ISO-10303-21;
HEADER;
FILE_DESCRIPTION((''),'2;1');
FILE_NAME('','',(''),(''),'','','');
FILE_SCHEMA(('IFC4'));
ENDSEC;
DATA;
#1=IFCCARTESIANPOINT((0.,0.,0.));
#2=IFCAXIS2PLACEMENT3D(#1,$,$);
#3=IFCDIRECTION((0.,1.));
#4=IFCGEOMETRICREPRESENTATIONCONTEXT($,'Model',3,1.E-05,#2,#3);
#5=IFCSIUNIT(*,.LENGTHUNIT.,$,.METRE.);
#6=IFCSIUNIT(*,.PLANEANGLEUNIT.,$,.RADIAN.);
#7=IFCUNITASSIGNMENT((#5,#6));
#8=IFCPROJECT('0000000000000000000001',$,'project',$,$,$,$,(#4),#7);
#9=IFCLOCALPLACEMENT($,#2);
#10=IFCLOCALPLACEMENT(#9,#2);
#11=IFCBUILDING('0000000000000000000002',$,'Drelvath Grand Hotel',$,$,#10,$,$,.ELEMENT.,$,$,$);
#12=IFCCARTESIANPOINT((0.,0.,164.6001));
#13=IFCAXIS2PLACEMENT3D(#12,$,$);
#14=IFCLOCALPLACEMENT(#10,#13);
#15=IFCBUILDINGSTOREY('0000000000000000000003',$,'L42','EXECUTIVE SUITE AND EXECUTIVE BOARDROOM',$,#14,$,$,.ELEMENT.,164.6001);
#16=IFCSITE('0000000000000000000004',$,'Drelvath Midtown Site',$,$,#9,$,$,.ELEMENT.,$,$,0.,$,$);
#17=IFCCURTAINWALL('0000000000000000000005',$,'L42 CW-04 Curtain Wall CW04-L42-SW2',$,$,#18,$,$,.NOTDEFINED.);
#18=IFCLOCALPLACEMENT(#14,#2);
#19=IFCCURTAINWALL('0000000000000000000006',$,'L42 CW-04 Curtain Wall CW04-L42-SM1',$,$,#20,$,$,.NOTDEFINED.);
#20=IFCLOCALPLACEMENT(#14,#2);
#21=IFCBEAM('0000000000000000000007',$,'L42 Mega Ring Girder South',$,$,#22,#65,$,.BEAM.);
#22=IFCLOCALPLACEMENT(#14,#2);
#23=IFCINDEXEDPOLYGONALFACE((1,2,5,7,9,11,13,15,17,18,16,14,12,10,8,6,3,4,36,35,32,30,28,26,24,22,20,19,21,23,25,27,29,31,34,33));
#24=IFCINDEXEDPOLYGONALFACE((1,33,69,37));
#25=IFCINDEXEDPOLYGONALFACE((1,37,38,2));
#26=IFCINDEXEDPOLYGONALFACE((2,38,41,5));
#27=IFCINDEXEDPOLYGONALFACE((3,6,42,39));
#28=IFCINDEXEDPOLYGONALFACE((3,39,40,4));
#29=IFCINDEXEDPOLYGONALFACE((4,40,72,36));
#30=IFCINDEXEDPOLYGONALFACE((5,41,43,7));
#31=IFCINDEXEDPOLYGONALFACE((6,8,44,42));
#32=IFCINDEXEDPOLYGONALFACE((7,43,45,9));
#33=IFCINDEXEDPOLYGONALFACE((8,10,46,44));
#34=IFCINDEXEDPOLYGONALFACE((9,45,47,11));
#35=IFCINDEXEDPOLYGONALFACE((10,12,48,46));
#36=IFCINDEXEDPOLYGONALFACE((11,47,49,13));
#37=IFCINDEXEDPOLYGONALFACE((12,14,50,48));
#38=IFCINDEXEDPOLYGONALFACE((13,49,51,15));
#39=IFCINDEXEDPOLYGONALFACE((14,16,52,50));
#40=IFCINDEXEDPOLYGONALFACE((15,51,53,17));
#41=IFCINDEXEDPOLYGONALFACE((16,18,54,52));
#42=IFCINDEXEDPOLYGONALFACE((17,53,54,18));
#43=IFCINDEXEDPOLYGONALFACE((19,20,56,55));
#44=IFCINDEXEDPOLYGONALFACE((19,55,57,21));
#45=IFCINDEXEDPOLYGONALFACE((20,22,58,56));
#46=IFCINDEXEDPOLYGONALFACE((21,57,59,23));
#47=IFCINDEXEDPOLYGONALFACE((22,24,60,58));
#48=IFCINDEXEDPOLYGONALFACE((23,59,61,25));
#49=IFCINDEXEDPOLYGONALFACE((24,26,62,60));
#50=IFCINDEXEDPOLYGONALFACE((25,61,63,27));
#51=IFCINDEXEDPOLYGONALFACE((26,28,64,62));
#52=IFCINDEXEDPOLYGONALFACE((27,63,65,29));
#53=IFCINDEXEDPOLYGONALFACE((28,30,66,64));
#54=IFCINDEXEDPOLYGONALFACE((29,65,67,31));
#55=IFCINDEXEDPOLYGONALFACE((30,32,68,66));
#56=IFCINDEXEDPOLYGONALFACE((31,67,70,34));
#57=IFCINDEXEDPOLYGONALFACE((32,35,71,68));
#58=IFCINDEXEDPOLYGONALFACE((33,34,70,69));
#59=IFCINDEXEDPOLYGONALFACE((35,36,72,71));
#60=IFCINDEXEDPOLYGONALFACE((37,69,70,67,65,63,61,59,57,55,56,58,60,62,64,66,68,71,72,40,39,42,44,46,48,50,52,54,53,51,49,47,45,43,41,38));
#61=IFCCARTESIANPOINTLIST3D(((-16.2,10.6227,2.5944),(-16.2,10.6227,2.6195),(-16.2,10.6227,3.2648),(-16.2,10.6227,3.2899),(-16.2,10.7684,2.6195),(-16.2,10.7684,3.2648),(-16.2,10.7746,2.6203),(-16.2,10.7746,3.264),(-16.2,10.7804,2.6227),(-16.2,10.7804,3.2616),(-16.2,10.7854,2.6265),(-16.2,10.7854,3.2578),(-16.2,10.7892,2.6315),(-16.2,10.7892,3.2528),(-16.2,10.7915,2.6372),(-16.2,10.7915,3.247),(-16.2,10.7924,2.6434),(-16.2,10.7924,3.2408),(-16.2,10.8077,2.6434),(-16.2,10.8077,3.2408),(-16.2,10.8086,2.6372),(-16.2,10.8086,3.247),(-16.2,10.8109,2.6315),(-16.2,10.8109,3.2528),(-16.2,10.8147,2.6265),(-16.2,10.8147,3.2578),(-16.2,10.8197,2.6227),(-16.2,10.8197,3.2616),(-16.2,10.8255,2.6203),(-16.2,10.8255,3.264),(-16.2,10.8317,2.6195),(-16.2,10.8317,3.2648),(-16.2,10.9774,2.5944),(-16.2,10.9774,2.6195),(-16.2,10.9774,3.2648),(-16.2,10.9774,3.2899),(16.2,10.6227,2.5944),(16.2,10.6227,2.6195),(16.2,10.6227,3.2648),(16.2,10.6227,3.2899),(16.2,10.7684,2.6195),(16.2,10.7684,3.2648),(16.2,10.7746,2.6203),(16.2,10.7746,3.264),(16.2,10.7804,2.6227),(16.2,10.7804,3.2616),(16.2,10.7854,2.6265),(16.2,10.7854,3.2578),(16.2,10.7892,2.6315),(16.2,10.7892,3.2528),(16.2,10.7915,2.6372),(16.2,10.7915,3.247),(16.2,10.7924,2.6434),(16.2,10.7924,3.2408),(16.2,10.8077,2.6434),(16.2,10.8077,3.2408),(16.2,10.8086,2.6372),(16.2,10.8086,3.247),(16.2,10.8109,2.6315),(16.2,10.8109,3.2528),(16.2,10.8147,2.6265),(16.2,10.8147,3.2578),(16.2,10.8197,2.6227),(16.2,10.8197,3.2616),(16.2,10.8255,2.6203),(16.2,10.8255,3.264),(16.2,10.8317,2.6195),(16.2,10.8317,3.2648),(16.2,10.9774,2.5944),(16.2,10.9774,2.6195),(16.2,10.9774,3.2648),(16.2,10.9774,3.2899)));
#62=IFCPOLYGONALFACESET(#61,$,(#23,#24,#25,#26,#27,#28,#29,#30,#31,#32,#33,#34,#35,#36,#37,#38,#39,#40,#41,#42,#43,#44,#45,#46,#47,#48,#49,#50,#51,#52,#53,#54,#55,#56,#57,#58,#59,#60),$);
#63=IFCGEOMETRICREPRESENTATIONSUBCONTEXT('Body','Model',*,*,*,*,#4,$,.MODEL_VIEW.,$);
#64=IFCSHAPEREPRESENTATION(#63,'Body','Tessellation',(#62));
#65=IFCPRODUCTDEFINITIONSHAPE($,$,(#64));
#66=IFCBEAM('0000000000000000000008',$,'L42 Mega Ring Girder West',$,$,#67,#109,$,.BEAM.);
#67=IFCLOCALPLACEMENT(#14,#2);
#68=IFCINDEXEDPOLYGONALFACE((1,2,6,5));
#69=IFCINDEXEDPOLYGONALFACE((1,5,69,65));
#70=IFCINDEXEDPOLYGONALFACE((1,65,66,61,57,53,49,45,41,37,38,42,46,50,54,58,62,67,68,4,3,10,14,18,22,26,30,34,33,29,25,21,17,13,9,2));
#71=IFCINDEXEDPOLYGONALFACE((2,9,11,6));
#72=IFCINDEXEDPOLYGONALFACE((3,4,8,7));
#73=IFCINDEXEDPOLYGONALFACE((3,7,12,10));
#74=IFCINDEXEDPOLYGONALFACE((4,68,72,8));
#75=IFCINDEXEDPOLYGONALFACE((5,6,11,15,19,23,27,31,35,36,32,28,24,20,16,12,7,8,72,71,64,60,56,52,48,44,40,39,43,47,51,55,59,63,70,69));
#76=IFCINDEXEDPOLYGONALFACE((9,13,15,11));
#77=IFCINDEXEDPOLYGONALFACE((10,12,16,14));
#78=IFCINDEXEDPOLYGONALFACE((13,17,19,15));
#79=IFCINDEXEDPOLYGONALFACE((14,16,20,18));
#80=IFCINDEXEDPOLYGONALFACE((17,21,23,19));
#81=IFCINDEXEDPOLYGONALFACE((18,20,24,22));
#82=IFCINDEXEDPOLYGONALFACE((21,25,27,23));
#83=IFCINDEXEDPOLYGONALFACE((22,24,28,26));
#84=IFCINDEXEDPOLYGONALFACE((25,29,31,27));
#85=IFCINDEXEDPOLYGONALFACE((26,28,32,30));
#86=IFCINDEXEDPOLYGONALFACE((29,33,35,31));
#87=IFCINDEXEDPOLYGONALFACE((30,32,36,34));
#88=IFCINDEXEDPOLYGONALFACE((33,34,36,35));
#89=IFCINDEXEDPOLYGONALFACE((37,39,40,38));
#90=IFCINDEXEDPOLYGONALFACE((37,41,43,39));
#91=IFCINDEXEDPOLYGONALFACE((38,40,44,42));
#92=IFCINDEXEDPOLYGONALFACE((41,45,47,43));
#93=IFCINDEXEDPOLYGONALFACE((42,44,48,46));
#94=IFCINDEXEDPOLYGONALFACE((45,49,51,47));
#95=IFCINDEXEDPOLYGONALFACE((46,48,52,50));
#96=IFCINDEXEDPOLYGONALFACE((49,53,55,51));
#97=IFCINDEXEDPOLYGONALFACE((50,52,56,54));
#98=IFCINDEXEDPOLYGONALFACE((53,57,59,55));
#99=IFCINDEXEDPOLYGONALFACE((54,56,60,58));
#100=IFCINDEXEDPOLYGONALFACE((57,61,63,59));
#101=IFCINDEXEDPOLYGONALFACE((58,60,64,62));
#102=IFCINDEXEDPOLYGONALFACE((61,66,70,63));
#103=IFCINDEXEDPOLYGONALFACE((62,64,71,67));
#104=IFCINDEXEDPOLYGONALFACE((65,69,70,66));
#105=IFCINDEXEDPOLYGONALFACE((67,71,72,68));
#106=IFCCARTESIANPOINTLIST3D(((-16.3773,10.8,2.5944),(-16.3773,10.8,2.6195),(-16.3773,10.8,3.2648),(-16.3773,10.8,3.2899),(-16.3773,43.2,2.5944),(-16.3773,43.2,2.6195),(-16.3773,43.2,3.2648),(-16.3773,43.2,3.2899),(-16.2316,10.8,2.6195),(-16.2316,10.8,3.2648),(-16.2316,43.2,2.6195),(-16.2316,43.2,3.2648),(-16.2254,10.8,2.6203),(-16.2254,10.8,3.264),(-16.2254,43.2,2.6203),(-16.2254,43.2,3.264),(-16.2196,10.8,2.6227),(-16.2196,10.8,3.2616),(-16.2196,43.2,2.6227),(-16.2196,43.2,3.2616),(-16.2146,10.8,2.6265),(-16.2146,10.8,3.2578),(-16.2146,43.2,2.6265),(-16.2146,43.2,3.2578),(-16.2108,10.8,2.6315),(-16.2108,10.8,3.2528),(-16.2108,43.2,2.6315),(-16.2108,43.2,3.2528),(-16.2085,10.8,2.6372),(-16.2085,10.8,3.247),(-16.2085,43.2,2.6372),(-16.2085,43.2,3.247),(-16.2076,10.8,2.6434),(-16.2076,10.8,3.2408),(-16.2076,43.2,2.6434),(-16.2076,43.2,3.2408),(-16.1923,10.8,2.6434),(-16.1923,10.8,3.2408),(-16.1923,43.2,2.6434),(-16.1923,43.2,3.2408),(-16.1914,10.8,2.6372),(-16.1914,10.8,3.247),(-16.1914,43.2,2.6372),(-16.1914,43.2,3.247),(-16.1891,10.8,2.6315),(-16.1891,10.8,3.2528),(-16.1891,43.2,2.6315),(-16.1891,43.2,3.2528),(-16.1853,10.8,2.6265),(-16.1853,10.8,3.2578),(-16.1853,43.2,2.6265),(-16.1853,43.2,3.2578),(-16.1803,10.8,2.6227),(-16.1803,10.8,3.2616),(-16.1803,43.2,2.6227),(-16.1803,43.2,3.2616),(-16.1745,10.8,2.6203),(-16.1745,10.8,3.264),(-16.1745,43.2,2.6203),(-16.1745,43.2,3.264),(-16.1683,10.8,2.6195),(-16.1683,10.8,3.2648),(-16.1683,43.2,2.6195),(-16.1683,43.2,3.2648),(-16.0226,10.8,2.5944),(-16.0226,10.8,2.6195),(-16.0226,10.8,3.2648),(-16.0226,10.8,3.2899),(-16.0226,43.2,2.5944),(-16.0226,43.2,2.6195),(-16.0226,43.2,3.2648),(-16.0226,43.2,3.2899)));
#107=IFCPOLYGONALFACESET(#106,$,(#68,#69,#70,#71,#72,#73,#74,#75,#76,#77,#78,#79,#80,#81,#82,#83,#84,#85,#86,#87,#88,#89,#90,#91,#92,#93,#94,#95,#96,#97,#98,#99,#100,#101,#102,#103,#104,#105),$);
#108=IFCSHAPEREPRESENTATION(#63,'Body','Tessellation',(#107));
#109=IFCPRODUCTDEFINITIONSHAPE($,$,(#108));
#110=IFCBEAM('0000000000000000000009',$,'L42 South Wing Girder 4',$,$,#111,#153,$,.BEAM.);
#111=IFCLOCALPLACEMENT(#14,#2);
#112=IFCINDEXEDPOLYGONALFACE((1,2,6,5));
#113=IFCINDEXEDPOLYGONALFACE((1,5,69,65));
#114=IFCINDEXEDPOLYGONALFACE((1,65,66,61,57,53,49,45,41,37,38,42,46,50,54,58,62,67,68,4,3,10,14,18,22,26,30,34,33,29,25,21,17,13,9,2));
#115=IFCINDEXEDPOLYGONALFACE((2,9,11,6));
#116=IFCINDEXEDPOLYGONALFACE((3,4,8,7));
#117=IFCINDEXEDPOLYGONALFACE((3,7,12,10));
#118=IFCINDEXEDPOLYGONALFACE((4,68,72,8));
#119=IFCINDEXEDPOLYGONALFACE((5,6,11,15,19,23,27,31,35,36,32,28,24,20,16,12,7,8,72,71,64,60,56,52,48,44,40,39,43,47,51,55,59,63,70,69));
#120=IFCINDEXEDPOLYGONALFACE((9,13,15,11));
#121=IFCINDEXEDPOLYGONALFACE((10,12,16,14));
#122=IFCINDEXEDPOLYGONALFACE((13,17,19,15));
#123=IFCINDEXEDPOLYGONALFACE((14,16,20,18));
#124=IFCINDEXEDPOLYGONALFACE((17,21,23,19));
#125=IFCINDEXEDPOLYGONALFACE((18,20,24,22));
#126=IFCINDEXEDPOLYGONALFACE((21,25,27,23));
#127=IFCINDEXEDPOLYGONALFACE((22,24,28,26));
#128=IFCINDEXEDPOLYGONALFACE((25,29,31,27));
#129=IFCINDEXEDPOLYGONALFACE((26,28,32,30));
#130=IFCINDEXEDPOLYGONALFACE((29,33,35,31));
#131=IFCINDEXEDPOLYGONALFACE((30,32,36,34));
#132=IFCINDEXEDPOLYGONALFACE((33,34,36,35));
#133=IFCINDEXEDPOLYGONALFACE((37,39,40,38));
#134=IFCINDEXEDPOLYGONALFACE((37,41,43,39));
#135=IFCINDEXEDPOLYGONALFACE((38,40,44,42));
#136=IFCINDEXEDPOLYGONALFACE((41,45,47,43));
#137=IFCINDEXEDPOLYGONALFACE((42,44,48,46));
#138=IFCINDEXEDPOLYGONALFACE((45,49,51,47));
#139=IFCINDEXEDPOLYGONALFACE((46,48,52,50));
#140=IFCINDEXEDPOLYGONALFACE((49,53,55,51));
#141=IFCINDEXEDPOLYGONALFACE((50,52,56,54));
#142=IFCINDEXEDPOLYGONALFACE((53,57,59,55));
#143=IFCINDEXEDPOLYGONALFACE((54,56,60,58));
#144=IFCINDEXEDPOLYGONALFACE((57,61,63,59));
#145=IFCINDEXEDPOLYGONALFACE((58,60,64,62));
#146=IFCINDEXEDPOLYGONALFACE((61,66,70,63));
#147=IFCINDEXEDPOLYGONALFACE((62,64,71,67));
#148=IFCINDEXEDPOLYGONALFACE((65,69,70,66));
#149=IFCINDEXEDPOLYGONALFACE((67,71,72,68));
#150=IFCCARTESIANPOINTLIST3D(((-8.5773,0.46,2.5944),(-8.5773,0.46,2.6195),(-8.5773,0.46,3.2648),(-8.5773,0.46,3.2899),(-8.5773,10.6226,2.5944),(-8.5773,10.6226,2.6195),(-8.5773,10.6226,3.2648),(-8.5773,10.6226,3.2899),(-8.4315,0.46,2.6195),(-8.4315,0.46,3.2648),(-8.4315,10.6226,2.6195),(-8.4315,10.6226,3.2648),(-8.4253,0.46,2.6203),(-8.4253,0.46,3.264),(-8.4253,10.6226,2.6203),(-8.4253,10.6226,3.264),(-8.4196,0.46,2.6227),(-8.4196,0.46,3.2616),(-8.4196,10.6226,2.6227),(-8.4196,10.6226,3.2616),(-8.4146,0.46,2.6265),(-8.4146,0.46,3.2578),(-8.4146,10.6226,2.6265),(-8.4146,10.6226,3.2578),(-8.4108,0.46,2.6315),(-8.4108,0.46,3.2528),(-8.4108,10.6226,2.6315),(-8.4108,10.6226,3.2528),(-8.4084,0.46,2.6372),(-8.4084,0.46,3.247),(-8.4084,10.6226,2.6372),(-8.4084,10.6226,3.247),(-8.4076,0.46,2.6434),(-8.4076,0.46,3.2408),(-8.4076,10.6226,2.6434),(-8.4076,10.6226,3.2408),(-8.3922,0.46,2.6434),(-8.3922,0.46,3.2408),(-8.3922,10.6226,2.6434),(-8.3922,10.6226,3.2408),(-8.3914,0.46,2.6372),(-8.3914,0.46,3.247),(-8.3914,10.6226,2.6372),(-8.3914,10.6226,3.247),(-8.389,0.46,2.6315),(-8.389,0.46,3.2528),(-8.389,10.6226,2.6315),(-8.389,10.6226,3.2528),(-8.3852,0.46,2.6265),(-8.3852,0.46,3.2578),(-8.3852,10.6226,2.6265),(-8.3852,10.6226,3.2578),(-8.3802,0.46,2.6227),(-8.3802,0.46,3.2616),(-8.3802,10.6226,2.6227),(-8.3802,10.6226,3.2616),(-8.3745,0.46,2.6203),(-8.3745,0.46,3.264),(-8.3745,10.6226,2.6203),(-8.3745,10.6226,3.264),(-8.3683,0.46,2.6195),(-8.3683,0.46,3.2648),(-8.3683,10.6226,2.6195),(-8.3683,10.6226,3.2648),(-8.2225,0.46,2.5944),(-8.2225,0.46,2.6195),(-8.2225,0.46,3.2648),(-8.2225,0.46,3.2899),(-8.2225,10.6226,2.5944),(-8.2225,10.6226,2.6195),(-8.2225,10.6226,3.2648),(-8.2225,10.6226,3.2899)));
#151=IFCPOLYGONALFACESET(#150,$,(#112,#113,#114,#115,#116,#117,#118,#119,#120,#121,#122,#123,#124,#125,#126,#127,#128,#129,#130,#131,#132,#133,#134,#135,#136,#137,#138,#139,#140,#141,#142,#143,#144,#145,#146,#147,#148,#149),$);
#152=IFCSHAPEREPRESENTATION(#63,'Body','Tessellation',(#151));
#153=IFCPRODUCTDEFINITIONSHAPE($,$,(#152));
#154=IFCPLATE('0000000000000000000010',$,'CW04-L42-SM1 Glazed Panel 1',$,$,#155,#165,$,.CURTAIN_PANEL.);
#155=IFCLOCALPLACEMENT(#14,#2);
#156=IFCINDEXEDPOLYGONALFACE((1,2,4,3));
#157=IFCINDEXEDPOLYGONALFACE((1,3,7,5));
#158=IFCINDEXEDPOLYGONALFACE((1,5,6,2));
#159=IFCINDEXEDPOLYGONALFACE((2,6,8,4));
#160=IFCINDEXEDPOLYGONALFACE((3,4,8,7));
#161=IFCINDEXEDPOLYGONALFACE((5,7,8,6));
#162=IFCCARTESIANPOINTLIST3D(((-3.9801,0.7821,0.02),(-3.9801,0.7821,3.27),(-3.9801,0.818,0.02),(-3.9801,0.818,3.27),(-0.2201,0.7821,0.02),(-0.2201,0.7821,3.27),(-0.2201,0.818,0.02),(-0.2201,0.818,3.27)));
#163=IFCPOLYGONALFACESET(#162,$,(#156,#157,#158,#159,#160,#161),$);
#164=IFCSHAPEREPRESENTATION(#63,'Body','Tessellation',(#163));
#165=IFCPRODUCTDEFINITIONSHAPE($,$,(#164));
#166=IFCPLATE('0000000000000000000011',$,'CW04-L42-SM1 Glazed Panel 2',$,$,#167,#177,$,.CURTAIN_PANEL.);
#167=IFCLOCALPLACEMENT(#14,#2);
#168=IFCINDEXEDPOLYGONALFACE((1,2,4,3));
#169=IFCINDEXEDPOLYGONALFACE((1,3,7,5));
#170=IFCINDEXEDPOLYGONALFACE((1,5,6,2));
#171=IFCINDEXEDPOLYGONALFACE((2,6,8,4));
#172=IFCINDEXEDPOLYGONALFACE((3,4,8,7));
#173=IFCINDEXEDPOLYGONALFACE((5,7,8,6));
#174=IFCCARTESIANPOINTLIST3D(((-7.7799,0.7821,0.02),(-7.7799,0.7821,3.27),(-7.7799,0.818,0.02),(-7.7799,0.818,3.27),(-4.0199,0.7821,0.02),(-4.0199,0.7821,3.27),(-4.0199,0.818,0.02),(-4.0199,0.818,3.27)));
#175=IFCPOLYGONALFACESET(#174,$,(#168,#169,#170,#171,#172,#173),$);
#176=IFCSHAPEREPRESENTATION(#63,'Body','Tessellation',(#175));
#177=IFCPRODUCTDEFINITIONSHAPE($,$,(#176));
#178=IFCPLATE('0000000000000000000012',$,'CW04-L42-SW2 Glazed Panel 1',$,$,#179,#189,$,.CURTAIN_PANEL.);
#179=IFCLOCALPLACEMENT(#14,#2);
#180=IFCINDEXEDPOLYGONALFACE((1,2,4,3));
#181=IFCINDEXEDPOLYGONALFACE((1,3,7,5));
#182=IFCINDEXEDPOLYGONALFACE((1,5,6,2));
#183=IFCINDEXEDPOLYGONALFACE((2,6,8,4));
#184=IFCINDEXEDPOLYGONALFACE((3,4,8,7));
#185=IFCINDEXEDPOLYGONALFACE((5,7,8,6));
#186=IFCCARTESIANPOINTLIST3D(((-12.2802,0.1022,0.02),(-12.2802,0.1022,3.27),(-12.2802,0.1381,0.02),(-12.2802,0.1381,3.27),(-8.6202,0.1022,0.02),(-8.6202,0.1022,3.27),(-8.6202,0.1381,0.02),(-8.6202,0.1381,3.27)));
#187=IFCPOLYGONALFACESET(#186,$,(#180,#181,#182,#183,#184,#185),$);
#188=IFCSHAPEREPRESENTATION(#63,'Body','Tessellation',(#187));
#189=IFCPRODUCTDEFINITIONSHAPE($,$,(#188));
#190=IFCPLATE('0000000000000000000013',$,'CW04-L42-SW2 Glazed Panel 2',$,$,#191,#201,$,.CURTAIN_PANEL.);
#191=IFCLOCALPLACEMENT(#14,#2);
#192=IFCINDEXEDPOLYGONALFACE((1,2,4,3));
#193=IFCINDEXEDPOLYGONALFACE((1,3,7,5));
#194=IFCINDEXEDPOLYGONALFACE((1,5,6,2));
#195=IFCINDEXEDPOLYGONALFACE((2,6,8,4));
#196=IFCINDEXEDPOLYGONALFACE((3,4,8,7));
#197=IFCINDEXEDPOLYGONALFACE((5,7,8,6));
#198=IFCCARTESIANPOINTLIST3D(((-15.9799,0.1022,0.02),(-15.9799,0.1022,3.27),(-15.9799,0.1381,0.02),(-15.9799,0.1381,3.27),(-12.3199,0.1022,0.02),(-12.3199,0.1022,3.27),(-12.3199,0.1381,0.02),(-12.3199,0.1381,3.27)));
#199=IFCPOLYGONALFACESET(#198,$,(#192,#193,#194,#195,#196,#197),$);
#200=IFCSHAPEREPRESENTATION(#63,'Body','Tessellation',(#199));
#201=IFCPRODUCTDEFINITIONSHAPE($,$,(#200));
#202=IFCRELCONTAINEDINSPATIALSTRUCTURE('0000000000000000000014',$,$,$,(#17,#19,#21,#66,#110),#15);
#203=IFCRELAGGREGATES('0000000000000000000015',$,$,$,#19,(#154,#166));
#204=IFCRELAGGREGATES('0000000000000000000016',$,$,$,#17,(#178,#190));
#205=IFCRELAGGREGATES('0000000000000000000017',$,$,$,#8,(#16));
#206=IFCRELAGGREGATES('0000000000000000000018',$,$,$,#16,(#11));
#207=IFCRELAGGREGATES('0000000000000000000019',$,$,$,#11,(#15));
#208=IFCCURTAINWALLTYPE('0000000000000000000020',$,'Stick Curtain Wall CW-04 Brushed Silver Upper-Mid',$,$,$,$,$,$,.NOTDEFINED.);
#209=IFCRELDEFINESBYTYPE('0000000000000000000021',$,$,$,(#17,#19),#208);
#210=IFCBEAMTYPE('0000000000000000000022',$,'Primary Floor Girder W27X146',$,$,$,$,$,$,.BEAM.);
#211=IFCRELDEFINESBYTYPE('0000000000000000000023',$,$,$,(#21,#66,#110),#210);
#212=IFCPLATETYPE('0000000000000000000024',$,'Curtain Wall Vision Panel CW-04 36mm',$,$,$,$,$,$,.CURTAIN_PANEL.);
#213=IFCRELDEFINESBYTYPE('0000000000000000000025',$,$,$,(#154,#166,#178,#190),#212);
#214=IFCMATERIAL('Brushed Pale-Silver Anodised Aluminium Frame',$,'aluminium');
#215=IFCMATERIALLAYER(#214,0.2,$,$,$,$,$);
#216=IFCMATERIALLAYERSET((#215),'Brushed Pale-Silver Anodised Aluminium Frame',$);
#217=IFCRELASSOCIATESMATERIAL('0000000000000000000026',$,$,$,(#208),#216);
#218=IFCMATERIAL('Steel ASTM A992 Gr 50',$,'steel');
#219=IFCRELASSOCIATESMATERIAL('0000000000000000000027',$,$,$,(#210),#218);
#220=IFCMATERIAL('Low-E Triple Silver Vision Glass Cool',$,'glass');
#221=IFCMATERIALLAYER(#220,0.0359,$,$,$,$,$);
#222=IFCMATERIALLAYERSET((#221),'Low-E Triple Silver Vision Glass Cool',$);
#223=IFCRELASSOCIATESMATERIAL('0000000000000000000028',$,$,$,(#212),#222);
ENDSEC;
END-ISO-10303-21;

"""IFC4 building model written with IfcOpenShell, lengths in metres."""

from ifc_helpers import new_model, si_unit, direction, frame, origin, origin_2d, place, context, subcontext, project, spatial, rectangle, i_section, extrude, material, layer, layer_set, material_profile, profile_set, type_object, element, aggregate, save


model = new_model("IFC4")

# Units and contexts
model_context = context("Model", 3, precision=1e-05, world=origin(), true_north=direction((0.0, 1.0)))
body_context = subcontext(model_context, "Body", "Model", "MODEL_VIEW")
ifc_project = project(units=[si_unit("LENGTHUNIT", "METRE"), si_unit("PLANEANGLEUNIT", "RADIAN")], contexts=[model_context])

# Site, building, storey
site_placement = place(None, origin())
site = spatial("IfcSite", under=ifc_project, at=site_placement, Name="Drelvath Midtown Site", CompositionType="ELEMENT", RefElevation=0.0)
building_placement = place(site_placement, origin())
building = spatial("IfcBuilding", under=site, at=building_placement, Name="Drelvath Grand Hotel", CompositionType="ELEMENT")
storey_placement = place(building_placement, frame((0.0, 0.0, 164.6001)))
storey = spatial("IfcBuildingStorey", under=building, at=storey_placement, Name="L42", Description="EXECUTIVE SUITE AND EXECUTIVE BOARDROOM", CompositionType="ELEMENT", Elevation=164.6001)

# Shared definitions
ifc_material_1 = material(Name="Steel ASTM A992 Gr 50", Category="steel")

# Curtain wall
ifc_material_2 = material(Name="Brushed Pale-Silver Anodised Aluminium Frame", Category="aluminium")
ifc_layer_1 = layer(ifc_material_2, 0.2)
ifc_layer_set_1 = layer_set([ifc_layer_1], Name="Brushed Pale-Silver Anodised Aluminium Frame")
curtain_wall_type = type_object("IfcCurtainWallType", Name="Stick Curtain Wall CW-04 Brushed Silver Upper-Mid", PredefinedType="NOTDEFINED", material=ifc_layer_set_1)
curtain_wall_1_placement = place(storey_placement, origin())
curtain_wall_1 = element("IfcCurtainWall", 1, at=curtain_wall_1_placement, inside=storey, type_object=curtain_wall_type, Name="L42 CW-04 Curtain Wall CW04-L42-SW2", PredefinedType="NOTDEFINED")

# Curtain wall
curtain_wall_2_placement = place(storey_placement, origin())
curtain_wall_2 = element("IfcCurtainWall", 2, at=curtain_wall_2_placement, inside=storey, type_object=curtain_wall_type, Name="L42 CW-04 Curtain Wall CW04-L42-SM1", PredefinedType="NOTDEFINED")

# Beams
ifc_material_profile_1 = material_profile(ifc_material_1, i_section(OverallWidth=0.3547, OverallDepth=0.6956, WebThickness=0.0154, FlangeThickness=0.0251, FilletRadius=0.0239, at=origin_2d()), Name="W27X146")
ifc_profile_set_1 = profile_set([ifc_material_profile_1], Name="Steel ASTM A992 Gr 50")
beam_type_1 = type_object("IfcBeamType", Name="Primary Floor Girder W27X146", PredefinedType="BEAM", material=ifc_profile_set_1)
for number, where, z_axis, x_axis, name in (
    (3, (-16.2, 10.8, 2.9421), (1.0, 0.0, 0.0), (0.0, 1.0, 0.0), "L42 Mega Ring Girder South"),
    (4, (-16.2, 10.8, 2.9421), (0.0, 1.0, 0.0), (-1.0, 0.0, 0.0), "L42 Mega Ring Girder West"),
):
    element("IfcBeam", number, at=place(storey_placement, frame(where, z_axis=z_axis, x_axis=x_axis)), inside=storey, type_object=beam_type_1, Name=name, PredefinedType="BEAM", context=body_context, shape_type="SweptSolid", body=[
        extrude(i_section(OverallWidth=0.3547, OverallDepth=0.6956, WebThickness=0.0154, FlangeThickness=0.0251, FilletRadius=0.0239, at=origin_2d()), origin(), (0.0, 0.0, 1.0), 32.3999),
    ])
beam_1_placement = place(storey_placement, frame((-8.3999, 0.46, 2.9421), z_axis=(0.0, 1.0, 0.0), x_axis=(-1.0, 0.0, 0.0)))
element("IfcBeam", 5, at=beam_1_placement, inside=storey, type_object=beam_type_1, Name="L42 South Wing Girder 4", PredefinedType="BEAM", context=body_context, shape_type="SweptSolid", body=[
    extrude(i_section(OverallWidth=0.3547, OverallDepth=0.6956, WebThickness=0.0154, FlangeThickness=0.0251, FilletRadius=0.0239, at=origin_2d()), origin(), (0.0, 0.0, 1.0), 10.1626),
])

# Plates
ifc_material_3 = material(Name="Low-E Triple Silver Vision Glass Cool", Category="glass")
ifc_layer_2 = layer(ifc_material_3, 0.0359)
ifc_layer_set_2 = layer_set([ifc_layer_2], Name="Low-E Triple Silver Vision Glass Cool")
plate_type = type_object("IfcPlateType", Name="Curtain Wall Vision Panel CW-04 36mm", PredefinedType="CURTAIN_PANEL", material=ifc_layer_set_2)
plate_1_placement = place(storey_placement, frame((-2.1001, 0.8, 0.02), z_axis=(0.0, 0.0, 1.0), x_axis=(-1.0, 0.0, 0.0)))
plate_1 = element("IfcPlate", 6, at=plate_1_placement, type_object=plate_type, Name="CW04-L42-SM1 Glazed Panel 1", PredefinedType="CURTAIN_PANEL", context=body_context, shape_type="SweptSolid", body=[
    extrude(rectangle(XDim=3.76, YDim=0.0359, at=origin_2d()), origin(), (0.0, 0.0, 1.0), 3.25),
])
plate_2_placement = place(storey_placement, frame((-5.8999, 0.8, 0.02), z_axis=(0.0, 0.0, 1.0), x_axis=(-1.0, 0.0, 0.0)))
plate_2 = element("IfcPlate", 7, at=plate_2_placement, type_object=plate_type, Name="CW04-L42-SM1 Glazed Panel 2", PredefinedType="CURTAIN_PANEL", context=body_context, shape_type="SweptSolid", body=[
    extrude(rectangle(XDim=3.76, YDim=0.0359, at=origin_2d()), origin(), (0.0, 0.0, 1.0), 3.25),
])
aggregate(curtain_wall_2, [plate_1, plate_2])
plate_3_placement = place(storey_placement, frame((-10.4502, 0.1201, 0.02), z_axis=(0.0, 0.0, 1.0), x_axis=(-1.0, 0.0, 0.0)))
plate_3 = element("IfcPlate", 8, at=plate_3_placement, type_object=plate_type, Name="CW04-L42-SW2 Glazed Panel 1", PredefinedType="CURTAIN_PANEL", context=body_context, shape_type="SweptSolid", body=[
    extrude(rectangle(XDim=3.6599, YDim=0.0359, at=origin_2d()), origin(), (0.0, 0.0, 1.0), 3.25),
])
plate_4_placement = place(storey_placement, frame((-14.1499, 0.1201, 0.02), z_axis=(0.0, 0.0, 1.0), x_axis=(-1.0, 0.0, 0.0)))
plate_4 = element("IfcPlate", 9, at=plate_4_placement, type_object=plate_type, Name="CW04-L42-SW2 Glazed Panel 2", PredefinedType="CURTAIN_PANEL", context=body_context, shape_type="SweptSolid", body=[
    extrude(rectangle(XDim=3.6599, YDim=0.0359, at=origin_2d()), origin(), (0.0, 0.0, 1.0), 3.25),
])
aggregate(curtain_wall_1, [plate_3, plate_4])

save(model, "model.ifc")
